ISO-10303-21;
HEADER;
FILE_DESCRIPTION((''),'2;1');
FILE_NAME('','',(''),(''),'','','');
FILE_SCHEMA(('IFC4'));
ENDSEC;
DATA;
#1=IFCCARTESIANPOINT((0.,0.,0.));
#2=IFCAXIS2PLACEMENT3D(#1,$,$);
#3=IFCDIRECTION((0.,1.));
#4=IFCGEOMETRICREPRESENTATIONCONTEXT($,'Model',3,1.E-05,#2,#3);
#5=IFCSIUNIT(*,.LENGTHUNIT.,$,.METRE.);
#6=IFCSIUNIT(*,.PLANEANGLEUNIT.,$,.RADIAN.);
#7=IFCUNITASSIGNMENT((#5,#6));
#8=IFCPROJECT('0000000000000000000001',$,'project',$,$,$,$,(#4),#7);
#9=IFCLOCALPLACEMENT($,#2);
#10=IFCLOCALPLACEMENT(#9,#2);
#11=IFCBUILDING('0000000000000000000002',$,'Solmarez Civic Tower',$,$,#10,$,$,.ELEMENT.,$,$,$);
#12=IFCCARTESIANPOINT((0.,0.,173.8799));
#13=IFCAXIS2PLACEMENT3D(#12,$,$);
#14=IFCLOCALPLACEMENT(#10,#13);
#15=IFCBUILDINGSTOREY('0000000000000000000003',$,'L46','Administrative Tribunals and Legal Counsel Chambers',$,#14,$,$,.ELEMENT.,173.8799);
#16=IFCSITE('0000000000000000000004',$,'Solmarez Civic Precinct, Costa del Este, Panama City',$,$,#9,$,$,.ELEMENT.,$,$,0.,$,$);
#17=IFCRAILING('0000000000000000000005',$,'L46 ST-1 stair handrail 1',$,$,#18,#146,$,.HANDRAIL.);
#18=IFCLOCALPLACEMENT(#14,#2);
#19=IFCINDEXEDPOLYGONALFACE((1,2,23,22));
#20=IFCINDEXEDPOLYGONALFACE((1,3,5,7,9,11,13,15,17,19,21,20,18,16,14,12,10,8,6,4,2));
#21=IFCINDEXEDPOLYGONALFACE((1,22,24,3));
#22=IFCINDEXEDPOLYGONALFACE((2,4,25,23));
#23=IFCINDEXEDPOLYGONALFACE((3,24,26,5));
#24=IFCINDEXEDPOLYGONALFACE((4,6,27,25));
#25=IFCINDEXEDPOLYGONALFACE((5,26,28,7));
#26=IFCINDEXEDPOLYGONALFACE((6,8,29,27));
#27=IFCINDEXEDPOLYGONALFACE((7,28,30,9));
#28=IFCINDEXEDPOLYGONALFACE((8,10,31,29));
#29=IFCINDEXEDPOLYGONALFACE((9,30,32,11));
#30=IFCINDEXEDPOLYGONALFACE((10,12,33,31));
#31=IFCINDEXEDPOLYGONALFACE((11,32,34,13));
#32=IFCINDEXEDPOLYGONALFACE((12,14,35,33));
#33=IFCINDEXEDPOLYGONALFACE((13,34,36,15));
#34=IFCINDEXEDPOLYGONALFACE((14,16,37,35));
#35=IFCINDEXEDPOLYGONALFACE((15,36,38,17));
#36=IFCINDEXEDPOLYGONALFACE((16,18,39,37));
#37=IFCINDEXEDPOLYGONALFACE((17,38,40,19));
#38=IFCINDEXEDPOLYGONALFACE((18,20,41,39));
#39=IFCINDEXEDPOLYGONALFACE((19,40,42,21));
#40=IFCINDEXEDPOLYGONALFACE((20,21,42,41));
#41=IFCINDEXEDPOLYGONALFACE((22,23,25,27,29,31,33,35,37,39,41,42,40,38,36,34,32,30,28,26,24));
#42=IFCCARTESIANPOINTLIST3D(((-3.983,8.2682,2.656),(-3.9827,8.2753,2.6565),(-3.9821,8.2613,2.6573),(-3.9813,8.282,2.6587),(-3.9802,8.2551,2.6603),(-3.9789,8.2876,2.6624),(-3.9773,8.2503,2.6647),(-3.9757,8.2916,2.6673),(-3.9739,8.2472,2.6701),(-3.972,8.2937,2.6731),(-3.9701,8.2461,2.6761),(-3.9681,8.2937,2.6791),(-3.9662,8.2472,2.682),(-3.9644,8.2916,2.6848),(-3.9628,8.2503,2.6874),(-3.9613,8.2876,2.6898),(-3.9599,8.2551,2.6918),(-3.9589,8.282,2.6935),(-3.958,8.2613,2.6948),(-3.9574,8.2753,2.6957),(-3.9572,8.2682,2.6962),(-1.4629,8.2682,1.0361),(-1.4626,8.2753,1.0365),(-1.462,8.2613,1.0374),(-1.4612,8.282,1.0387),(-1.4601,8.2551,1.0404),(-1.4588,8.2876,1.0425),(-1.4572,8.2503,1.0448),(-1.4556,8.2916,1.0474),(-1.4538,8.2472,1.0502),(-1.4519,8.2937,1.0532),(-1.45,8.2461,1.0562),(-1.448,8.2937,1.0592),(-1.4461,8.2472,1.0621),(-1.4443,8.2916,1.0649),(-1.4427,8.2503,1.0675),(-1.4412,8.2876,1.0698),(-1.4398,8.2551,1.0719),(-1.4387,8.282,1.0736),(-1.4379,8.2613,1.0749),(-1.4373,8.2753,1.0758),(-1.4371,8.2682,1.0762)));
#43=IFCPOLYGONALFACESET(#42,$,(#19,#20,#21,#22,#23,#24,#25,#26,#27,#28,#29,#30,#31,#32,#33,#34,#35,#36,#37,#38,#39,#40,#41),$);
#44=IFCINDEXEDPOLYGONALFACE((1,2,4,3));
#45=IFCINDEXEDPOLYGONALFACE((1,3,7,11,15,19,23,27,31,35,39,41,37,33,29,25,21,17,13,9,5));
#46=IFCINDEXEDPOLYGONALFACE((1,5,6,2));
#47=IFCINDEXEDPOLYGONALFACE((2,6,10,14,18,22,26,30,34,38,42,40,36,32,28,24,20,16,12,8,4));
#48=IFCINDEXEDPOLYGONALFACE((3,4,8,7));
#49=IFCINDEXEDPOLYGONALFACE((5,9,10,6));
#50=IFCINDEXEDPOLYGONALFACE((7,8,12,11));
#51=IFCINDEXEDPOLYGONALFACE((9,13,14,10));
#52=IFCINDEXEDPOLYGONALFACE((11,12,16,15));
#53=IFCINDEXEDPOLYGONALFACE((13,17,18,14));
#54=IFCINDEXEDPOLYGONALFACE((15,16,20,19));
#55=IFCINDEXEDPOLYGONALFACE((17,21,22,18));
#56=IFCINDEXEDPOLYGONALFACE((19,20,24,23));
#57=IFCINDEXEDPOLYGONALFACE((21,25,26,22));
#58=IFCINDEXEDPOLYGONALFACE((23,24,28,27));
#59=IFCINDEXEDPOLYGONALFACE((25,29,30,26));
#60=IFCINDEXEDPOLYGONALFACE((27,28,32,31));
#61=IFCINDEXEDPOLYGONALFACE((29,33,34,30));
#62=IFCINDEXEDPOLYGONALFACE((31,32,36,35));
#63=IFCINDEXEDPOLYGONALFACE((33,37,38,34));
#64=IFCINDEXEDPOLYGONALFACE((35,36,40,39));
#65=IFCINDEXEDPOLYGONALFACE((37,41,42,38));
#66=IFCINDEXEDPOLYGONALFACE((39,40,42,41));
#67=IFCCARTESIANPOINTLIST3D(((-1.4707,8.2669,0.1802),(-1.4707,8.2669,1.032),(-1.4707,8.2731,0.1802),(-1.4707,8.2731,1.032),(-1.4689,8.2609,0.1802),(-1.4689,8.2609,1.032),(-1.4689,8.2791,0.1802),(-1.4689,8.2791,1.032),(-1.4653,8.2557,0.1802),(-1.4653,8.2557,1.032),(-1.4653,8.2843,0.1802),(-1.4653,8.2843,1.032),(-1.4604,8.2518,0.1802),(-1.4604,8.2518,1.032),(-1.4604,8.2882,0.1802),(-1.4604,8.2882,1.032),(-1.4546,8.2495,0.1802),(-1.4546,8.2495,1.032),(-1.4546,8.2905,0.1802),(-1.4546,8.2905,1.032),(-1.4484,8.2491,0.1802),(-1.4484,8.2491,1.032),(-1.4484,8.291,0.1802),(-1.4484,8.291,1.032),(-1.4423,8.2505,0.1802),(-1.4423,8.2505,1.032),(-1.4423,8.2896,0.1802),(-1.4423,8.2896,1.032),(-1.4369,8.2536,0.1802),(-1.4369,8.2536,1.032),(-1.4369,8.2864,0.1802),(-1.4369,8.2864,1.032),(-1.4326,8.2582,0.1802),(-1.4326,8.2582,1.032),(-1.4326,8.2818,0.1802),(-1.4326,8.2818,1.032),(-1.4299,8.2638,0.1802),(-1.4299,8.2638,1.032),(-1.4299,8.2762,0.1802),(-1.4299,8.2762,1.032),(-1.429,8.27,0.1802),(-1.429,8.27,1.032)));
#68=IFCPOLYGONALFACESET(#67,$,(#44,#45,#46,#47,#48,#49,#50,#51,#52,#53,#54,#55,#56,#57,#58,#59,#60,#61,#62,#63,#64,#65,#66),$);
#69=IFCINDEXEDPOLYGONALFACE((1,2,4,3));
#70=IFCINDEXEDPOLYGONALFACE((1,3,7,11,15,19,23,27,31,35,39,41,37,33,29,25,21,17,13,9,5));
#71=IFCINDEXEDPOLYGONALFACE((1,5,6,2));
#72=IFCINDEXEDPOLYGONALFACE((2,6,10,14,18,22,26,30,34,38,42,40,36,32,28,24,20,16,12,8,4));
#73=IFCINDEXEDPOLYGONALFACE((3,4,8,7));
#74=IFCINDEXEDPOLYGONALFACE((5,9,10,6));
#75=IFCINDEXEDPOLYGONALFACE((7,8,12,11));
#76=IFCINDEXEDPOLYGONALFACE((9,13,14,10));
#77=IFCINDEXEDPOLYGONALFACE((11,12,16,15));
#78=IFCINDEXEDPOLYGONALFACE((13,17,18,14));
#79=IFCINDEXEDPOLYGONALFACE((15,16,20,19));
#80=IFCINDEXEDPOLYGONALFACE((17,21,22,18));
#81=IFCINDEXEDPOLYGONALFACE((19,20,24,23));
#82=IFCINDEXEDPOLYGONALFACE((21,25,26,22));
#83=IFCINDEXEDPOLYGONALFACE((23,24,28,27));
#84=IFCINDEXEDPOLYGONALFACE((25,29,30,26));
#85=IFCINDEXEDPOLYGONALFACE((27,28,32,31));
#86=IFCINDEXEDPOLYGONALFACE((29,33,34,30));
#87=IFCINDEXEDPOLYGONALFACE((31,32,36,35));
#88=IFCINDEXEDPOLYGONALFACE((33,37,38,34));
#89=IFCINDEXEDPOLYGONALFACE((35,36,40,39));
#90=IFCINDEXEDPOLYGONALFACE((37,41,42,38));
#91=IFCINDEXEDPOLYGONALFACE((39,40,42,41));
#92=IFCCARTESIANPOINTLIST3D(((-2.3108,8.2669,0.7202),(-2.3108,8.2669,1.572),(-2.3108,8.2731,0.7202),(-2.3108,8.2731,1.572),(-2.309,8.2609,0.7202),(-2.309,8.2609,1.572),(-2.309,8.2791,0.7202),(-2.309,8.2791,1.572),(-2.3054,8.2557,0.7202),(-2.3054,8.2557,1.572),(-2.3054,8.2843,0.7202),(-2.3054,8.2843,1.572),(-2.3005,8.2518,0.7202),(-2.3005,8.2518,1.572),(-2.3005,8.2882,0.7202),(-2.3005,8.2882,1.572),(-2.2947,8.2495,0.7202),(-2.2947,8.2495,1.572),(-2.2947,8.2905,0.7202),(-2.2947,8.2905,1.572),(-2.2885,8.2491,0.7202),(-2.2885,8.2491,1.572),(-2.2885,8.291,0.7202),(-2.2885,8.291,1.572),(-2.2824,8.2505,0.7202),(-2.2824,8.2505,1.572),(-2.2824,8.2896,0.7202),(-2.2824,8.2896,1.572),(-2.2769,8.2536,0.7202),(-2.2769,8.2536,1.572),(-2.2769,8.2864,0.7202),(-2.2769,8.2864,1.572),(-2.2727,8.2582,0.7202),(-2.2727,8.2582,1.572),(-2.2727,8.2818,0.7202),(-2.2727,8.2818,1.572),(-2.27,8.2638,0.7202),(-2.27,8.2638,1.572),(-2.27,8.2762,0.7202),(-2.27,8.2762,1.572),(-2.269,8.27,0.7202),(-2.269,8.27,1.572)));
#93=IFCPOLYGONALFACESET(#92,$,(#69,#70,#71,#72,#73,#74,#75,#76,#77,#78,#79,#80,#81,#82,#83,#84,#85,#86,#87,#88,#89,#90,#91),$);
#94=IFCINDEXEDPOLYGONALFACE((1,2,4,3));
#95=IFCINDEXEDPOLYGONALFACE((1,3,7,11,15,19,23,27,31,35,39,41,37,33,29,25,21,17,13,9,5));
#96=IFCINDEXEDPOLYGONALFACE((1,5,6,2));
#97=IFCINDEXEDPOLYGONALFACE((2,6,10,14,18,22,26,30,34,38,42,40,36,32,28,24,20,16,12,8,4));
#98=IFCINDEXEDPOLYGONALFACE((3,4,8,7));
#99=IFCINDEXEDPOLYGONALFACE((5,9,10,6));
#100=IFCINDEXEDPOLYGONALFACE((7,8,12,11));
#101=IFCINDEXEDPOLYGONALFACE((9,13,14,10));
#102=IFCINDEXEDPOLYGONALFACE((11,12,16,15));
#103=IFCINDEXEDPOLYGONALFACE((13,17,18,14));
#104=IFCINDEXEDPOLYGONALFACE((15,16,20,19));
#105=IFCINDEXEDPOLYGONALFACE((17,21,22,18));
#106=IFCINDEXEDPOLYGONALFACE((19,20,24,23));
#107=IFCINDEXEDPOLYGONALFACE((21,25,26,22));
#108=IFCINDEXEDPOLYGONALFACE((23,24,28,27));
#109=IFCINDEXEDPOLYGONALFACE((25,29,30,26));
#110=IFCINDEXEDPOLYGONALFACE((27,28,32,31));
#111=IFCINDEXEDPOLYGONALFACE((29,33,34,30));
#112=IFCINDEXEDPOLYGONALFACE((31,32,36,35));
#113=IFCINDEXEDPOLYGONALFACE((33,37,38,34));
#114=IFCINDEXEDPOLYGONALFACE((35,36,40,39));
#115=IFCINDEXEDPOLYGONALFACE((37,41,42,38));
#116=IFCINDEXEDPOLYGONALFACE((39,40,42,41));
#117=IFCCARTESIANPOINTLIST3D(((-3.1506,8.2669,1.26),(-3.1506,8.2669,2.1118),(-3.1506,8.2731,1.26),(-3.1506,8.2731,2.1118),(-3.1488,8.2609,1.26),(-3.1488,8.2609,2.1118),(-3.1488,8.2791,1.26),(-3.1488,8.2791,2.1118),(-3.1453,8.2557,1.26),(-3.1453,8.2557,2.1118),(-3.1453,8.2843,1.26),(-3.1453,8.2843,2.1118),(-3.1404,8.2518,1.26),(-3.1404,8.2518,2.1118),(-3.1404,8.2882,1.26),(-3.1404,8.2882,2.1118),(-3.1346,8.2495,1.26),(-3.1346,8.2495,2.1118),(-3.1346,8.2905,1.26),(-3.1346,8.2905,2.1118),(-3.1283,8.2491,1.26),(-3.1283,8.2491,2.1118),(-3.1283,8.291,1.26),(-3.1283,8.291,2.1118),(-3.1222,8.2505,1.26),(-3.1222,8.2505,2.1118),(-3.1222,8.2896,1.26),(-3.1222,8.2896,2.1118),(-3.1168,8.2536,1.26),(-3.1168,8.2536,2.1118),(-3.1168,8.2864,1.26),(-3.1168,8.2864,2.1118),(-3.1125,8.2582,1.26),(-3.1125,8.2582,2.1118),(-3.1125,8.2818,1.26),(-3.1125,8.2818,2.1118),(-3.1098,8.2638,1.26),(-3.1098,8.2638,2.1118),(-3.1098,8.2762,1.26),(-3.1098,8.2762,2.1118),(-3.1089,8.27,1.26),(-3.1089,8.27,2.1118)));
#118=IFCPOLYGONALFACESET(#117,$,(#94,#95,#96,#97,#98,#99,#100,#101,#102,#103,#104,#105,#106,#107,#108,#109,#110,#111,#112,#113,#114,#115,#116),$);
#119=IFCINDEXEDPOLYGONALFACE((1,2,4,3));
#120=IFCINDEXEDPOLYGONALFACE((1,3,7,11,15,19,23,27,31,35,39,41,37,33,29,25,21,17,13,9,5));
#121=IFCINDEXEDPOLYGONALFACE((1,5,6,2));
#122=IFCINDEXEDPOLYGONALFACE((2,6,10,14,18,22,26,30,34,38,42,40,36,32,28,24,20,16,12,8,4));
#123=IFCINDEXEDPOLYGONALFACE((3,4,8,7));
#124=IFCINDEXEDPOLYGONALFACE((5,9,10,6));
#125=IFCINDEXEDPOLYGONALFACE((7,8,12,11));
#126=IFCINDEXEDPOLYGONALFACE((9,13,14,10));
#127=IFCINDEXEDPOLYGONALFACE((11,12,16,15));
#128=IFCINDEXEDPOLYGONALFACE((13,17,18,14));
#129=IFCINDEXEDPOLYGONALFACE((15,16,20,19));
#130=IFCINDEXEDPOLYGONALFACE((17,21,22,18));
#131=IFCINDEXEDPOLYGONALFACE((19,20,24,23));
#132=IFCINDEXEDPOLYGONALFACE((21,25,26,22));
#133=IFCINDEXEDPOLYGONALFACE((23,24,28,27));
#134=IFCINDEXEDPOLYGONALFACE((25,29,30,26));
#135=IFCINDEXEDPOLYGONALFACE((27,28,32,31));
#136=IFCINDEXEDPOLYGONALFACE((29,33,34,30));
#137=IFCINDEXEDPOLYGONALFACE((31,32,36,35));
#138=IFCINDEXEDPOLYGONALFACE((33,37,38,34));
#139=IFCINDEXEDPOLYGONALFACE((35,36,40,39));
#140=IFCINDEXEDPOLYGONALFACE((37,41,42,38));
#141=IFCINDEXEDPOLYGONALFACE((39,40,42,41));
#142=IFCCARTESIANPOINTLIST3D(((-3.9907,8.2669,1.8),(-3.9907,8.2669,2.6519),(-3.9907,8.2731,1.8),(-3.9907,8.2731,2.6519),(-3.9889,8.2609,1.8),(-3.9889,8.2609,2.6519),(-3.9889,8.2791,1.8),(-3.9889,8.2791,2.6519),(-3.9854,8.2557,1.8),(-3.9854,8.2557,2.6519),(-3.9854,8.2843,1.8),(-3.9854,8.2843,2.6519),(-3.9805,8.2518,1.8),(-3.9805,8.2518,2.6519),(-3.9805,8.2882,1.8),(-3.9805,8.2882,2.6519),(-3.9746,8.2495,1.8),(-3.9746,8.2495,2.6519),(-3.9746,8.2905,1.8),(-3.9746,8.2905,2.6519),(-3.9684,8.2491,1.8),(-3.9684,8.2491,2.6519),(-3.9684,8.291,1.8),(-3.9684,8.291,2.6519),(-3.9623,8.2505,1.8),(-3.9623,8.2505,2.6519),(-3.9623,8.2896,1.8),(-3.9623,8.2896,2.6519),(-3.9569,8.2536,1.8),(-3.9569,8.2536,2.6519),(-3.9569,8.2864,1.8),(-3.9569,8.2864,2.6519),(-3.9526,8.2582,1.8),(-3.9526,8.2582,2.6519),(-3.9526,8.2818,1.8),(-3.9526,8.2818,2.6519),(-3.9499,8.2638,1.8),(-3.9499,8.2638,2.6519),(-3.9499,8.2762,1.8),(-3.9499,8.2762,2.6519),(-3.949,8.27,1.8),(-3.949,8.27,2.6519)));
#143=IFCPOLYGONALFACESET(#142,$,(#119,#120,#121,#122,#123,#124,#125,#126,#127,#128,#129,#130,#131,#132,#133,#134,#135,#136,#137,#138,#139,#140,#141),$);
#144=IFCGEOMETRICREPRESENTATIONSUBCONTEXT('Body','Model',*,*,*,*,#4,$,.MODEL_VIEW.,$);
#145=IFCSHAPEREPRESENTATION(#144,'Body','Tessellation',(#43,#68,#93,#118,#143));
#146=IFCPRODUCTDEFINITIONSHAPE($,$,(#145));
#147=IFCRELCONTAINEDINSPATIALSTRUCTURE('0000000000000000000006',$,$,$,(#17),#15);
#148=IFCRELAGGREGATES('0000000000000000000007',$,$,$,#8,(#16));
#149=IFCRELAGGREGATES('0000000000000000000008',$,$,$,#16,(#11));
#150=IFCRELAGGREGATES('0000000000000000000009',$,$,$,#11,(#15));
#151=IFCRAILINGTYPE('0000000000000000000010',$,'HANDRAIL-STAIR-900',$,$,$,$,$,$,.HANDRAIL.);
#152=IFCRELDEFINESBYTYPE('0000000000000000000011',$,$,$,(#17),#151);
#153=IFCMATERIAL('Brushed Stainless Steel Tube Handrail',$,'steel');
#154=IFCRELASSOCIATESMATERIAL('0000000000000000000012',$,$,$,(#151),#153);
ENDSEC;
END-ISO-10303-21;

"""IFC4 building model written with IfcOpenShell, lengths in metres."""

from ifc_helpers import new_model, si_unit, direction, frame, origin, origin_2d, place, context, subcontext, project, spatial, circle, extrude, material, type_object, element, save


model = new_model("IFC4")

# Units and contexts
model_context = context("Model", 3, precision=1e-05, world=origin(), true_north=direction((0.0, 1.0)))
body_context = subcontext(model_context, "Body", "Model", "MODEL_VIEW")
ifc_project = project(units=[si_unit("LENGTHUNIT", "METRE"), si_unit("PLANEANGLEUNIT", "RADIAN")], contexts=[model_context])

# Site, building, storey
site_placement = place(None, origin())
site = spatial("IfcSite", under=ifc_project, at=site_placement, Name="Solmarez Civic Precinct, Costa del Este, Panama City", CompositionType="ELEMENT", RefElevation=0.0)
building_placement = place(site_placement, origin())
building = spatial("IfcBuilding", under=site, at=building_placement, Name="Solmarez Civic Tower", CompositionType="ELEMENT")
storey_placement = place(building_placement, frame((0.0, 0.0, 173.8799)))
storey = spatial("IfcBuildingStorey", under=building, at=storey_placement, Name="L46", Description="Administrative Tribunals and Legal Counsel Chambers", CompositionType="ELEMENT", Elevation=173.8799)

# Railing
ifc_material_1 = material(Name="Brushed Stainless Steel Tube Handrail", Category="steel")
railing_type_1 = type_object("IfcRailingType", Name="HANDRAIL-STAIR-900", PredefinedType="HANDRAIL", material=ifc_material_1)
railing_1_placement = place(storey_placement, frame((-1.45, 8.27, 0.1802)))
element("IfcRailing", 1, at=railing_1_placement, inside=storey, type_object=railing_type_1, Name="L46 ST-1 stair handrail 1", PredefinedType="HANDRAIL", context=body_context, shape_type="SweptSolid", body=[
    extrude(circle(Radius=0.0239, at=origin_2d()), frame((0.0, 0.0, 0.876), z_axis=(-0.8412, 0.0, 0.540725), x_axis=(0.0, -1.0, 0.0)), (0.0, 0.0, 1.0), 2.9958),
    extrude(circle(Radius=0.021, at=origin_2d()), origin(), (0.0, 0.0, 1.0), 0.8518),
    extrude(circle(Radius=0.021, at=origin_2d()), frame((-0.8401, 0.0, 0.54)), (0.0, 0.0, 1.0), 0.8518),
    extrude(circle(Radius=0.021, at=origin_2d()), frame((-1.6799, 0.0, 1.0798)), (0.0, 0.0, 1.0), 0.8518),
    extrude(circle(Radius=0.021, at=origin_2d()), frame((-2.52, 0.0, 1.6199)), (0.0, 0.0, 1.0), 0.8518),
])

save(model, "model.ifc")
